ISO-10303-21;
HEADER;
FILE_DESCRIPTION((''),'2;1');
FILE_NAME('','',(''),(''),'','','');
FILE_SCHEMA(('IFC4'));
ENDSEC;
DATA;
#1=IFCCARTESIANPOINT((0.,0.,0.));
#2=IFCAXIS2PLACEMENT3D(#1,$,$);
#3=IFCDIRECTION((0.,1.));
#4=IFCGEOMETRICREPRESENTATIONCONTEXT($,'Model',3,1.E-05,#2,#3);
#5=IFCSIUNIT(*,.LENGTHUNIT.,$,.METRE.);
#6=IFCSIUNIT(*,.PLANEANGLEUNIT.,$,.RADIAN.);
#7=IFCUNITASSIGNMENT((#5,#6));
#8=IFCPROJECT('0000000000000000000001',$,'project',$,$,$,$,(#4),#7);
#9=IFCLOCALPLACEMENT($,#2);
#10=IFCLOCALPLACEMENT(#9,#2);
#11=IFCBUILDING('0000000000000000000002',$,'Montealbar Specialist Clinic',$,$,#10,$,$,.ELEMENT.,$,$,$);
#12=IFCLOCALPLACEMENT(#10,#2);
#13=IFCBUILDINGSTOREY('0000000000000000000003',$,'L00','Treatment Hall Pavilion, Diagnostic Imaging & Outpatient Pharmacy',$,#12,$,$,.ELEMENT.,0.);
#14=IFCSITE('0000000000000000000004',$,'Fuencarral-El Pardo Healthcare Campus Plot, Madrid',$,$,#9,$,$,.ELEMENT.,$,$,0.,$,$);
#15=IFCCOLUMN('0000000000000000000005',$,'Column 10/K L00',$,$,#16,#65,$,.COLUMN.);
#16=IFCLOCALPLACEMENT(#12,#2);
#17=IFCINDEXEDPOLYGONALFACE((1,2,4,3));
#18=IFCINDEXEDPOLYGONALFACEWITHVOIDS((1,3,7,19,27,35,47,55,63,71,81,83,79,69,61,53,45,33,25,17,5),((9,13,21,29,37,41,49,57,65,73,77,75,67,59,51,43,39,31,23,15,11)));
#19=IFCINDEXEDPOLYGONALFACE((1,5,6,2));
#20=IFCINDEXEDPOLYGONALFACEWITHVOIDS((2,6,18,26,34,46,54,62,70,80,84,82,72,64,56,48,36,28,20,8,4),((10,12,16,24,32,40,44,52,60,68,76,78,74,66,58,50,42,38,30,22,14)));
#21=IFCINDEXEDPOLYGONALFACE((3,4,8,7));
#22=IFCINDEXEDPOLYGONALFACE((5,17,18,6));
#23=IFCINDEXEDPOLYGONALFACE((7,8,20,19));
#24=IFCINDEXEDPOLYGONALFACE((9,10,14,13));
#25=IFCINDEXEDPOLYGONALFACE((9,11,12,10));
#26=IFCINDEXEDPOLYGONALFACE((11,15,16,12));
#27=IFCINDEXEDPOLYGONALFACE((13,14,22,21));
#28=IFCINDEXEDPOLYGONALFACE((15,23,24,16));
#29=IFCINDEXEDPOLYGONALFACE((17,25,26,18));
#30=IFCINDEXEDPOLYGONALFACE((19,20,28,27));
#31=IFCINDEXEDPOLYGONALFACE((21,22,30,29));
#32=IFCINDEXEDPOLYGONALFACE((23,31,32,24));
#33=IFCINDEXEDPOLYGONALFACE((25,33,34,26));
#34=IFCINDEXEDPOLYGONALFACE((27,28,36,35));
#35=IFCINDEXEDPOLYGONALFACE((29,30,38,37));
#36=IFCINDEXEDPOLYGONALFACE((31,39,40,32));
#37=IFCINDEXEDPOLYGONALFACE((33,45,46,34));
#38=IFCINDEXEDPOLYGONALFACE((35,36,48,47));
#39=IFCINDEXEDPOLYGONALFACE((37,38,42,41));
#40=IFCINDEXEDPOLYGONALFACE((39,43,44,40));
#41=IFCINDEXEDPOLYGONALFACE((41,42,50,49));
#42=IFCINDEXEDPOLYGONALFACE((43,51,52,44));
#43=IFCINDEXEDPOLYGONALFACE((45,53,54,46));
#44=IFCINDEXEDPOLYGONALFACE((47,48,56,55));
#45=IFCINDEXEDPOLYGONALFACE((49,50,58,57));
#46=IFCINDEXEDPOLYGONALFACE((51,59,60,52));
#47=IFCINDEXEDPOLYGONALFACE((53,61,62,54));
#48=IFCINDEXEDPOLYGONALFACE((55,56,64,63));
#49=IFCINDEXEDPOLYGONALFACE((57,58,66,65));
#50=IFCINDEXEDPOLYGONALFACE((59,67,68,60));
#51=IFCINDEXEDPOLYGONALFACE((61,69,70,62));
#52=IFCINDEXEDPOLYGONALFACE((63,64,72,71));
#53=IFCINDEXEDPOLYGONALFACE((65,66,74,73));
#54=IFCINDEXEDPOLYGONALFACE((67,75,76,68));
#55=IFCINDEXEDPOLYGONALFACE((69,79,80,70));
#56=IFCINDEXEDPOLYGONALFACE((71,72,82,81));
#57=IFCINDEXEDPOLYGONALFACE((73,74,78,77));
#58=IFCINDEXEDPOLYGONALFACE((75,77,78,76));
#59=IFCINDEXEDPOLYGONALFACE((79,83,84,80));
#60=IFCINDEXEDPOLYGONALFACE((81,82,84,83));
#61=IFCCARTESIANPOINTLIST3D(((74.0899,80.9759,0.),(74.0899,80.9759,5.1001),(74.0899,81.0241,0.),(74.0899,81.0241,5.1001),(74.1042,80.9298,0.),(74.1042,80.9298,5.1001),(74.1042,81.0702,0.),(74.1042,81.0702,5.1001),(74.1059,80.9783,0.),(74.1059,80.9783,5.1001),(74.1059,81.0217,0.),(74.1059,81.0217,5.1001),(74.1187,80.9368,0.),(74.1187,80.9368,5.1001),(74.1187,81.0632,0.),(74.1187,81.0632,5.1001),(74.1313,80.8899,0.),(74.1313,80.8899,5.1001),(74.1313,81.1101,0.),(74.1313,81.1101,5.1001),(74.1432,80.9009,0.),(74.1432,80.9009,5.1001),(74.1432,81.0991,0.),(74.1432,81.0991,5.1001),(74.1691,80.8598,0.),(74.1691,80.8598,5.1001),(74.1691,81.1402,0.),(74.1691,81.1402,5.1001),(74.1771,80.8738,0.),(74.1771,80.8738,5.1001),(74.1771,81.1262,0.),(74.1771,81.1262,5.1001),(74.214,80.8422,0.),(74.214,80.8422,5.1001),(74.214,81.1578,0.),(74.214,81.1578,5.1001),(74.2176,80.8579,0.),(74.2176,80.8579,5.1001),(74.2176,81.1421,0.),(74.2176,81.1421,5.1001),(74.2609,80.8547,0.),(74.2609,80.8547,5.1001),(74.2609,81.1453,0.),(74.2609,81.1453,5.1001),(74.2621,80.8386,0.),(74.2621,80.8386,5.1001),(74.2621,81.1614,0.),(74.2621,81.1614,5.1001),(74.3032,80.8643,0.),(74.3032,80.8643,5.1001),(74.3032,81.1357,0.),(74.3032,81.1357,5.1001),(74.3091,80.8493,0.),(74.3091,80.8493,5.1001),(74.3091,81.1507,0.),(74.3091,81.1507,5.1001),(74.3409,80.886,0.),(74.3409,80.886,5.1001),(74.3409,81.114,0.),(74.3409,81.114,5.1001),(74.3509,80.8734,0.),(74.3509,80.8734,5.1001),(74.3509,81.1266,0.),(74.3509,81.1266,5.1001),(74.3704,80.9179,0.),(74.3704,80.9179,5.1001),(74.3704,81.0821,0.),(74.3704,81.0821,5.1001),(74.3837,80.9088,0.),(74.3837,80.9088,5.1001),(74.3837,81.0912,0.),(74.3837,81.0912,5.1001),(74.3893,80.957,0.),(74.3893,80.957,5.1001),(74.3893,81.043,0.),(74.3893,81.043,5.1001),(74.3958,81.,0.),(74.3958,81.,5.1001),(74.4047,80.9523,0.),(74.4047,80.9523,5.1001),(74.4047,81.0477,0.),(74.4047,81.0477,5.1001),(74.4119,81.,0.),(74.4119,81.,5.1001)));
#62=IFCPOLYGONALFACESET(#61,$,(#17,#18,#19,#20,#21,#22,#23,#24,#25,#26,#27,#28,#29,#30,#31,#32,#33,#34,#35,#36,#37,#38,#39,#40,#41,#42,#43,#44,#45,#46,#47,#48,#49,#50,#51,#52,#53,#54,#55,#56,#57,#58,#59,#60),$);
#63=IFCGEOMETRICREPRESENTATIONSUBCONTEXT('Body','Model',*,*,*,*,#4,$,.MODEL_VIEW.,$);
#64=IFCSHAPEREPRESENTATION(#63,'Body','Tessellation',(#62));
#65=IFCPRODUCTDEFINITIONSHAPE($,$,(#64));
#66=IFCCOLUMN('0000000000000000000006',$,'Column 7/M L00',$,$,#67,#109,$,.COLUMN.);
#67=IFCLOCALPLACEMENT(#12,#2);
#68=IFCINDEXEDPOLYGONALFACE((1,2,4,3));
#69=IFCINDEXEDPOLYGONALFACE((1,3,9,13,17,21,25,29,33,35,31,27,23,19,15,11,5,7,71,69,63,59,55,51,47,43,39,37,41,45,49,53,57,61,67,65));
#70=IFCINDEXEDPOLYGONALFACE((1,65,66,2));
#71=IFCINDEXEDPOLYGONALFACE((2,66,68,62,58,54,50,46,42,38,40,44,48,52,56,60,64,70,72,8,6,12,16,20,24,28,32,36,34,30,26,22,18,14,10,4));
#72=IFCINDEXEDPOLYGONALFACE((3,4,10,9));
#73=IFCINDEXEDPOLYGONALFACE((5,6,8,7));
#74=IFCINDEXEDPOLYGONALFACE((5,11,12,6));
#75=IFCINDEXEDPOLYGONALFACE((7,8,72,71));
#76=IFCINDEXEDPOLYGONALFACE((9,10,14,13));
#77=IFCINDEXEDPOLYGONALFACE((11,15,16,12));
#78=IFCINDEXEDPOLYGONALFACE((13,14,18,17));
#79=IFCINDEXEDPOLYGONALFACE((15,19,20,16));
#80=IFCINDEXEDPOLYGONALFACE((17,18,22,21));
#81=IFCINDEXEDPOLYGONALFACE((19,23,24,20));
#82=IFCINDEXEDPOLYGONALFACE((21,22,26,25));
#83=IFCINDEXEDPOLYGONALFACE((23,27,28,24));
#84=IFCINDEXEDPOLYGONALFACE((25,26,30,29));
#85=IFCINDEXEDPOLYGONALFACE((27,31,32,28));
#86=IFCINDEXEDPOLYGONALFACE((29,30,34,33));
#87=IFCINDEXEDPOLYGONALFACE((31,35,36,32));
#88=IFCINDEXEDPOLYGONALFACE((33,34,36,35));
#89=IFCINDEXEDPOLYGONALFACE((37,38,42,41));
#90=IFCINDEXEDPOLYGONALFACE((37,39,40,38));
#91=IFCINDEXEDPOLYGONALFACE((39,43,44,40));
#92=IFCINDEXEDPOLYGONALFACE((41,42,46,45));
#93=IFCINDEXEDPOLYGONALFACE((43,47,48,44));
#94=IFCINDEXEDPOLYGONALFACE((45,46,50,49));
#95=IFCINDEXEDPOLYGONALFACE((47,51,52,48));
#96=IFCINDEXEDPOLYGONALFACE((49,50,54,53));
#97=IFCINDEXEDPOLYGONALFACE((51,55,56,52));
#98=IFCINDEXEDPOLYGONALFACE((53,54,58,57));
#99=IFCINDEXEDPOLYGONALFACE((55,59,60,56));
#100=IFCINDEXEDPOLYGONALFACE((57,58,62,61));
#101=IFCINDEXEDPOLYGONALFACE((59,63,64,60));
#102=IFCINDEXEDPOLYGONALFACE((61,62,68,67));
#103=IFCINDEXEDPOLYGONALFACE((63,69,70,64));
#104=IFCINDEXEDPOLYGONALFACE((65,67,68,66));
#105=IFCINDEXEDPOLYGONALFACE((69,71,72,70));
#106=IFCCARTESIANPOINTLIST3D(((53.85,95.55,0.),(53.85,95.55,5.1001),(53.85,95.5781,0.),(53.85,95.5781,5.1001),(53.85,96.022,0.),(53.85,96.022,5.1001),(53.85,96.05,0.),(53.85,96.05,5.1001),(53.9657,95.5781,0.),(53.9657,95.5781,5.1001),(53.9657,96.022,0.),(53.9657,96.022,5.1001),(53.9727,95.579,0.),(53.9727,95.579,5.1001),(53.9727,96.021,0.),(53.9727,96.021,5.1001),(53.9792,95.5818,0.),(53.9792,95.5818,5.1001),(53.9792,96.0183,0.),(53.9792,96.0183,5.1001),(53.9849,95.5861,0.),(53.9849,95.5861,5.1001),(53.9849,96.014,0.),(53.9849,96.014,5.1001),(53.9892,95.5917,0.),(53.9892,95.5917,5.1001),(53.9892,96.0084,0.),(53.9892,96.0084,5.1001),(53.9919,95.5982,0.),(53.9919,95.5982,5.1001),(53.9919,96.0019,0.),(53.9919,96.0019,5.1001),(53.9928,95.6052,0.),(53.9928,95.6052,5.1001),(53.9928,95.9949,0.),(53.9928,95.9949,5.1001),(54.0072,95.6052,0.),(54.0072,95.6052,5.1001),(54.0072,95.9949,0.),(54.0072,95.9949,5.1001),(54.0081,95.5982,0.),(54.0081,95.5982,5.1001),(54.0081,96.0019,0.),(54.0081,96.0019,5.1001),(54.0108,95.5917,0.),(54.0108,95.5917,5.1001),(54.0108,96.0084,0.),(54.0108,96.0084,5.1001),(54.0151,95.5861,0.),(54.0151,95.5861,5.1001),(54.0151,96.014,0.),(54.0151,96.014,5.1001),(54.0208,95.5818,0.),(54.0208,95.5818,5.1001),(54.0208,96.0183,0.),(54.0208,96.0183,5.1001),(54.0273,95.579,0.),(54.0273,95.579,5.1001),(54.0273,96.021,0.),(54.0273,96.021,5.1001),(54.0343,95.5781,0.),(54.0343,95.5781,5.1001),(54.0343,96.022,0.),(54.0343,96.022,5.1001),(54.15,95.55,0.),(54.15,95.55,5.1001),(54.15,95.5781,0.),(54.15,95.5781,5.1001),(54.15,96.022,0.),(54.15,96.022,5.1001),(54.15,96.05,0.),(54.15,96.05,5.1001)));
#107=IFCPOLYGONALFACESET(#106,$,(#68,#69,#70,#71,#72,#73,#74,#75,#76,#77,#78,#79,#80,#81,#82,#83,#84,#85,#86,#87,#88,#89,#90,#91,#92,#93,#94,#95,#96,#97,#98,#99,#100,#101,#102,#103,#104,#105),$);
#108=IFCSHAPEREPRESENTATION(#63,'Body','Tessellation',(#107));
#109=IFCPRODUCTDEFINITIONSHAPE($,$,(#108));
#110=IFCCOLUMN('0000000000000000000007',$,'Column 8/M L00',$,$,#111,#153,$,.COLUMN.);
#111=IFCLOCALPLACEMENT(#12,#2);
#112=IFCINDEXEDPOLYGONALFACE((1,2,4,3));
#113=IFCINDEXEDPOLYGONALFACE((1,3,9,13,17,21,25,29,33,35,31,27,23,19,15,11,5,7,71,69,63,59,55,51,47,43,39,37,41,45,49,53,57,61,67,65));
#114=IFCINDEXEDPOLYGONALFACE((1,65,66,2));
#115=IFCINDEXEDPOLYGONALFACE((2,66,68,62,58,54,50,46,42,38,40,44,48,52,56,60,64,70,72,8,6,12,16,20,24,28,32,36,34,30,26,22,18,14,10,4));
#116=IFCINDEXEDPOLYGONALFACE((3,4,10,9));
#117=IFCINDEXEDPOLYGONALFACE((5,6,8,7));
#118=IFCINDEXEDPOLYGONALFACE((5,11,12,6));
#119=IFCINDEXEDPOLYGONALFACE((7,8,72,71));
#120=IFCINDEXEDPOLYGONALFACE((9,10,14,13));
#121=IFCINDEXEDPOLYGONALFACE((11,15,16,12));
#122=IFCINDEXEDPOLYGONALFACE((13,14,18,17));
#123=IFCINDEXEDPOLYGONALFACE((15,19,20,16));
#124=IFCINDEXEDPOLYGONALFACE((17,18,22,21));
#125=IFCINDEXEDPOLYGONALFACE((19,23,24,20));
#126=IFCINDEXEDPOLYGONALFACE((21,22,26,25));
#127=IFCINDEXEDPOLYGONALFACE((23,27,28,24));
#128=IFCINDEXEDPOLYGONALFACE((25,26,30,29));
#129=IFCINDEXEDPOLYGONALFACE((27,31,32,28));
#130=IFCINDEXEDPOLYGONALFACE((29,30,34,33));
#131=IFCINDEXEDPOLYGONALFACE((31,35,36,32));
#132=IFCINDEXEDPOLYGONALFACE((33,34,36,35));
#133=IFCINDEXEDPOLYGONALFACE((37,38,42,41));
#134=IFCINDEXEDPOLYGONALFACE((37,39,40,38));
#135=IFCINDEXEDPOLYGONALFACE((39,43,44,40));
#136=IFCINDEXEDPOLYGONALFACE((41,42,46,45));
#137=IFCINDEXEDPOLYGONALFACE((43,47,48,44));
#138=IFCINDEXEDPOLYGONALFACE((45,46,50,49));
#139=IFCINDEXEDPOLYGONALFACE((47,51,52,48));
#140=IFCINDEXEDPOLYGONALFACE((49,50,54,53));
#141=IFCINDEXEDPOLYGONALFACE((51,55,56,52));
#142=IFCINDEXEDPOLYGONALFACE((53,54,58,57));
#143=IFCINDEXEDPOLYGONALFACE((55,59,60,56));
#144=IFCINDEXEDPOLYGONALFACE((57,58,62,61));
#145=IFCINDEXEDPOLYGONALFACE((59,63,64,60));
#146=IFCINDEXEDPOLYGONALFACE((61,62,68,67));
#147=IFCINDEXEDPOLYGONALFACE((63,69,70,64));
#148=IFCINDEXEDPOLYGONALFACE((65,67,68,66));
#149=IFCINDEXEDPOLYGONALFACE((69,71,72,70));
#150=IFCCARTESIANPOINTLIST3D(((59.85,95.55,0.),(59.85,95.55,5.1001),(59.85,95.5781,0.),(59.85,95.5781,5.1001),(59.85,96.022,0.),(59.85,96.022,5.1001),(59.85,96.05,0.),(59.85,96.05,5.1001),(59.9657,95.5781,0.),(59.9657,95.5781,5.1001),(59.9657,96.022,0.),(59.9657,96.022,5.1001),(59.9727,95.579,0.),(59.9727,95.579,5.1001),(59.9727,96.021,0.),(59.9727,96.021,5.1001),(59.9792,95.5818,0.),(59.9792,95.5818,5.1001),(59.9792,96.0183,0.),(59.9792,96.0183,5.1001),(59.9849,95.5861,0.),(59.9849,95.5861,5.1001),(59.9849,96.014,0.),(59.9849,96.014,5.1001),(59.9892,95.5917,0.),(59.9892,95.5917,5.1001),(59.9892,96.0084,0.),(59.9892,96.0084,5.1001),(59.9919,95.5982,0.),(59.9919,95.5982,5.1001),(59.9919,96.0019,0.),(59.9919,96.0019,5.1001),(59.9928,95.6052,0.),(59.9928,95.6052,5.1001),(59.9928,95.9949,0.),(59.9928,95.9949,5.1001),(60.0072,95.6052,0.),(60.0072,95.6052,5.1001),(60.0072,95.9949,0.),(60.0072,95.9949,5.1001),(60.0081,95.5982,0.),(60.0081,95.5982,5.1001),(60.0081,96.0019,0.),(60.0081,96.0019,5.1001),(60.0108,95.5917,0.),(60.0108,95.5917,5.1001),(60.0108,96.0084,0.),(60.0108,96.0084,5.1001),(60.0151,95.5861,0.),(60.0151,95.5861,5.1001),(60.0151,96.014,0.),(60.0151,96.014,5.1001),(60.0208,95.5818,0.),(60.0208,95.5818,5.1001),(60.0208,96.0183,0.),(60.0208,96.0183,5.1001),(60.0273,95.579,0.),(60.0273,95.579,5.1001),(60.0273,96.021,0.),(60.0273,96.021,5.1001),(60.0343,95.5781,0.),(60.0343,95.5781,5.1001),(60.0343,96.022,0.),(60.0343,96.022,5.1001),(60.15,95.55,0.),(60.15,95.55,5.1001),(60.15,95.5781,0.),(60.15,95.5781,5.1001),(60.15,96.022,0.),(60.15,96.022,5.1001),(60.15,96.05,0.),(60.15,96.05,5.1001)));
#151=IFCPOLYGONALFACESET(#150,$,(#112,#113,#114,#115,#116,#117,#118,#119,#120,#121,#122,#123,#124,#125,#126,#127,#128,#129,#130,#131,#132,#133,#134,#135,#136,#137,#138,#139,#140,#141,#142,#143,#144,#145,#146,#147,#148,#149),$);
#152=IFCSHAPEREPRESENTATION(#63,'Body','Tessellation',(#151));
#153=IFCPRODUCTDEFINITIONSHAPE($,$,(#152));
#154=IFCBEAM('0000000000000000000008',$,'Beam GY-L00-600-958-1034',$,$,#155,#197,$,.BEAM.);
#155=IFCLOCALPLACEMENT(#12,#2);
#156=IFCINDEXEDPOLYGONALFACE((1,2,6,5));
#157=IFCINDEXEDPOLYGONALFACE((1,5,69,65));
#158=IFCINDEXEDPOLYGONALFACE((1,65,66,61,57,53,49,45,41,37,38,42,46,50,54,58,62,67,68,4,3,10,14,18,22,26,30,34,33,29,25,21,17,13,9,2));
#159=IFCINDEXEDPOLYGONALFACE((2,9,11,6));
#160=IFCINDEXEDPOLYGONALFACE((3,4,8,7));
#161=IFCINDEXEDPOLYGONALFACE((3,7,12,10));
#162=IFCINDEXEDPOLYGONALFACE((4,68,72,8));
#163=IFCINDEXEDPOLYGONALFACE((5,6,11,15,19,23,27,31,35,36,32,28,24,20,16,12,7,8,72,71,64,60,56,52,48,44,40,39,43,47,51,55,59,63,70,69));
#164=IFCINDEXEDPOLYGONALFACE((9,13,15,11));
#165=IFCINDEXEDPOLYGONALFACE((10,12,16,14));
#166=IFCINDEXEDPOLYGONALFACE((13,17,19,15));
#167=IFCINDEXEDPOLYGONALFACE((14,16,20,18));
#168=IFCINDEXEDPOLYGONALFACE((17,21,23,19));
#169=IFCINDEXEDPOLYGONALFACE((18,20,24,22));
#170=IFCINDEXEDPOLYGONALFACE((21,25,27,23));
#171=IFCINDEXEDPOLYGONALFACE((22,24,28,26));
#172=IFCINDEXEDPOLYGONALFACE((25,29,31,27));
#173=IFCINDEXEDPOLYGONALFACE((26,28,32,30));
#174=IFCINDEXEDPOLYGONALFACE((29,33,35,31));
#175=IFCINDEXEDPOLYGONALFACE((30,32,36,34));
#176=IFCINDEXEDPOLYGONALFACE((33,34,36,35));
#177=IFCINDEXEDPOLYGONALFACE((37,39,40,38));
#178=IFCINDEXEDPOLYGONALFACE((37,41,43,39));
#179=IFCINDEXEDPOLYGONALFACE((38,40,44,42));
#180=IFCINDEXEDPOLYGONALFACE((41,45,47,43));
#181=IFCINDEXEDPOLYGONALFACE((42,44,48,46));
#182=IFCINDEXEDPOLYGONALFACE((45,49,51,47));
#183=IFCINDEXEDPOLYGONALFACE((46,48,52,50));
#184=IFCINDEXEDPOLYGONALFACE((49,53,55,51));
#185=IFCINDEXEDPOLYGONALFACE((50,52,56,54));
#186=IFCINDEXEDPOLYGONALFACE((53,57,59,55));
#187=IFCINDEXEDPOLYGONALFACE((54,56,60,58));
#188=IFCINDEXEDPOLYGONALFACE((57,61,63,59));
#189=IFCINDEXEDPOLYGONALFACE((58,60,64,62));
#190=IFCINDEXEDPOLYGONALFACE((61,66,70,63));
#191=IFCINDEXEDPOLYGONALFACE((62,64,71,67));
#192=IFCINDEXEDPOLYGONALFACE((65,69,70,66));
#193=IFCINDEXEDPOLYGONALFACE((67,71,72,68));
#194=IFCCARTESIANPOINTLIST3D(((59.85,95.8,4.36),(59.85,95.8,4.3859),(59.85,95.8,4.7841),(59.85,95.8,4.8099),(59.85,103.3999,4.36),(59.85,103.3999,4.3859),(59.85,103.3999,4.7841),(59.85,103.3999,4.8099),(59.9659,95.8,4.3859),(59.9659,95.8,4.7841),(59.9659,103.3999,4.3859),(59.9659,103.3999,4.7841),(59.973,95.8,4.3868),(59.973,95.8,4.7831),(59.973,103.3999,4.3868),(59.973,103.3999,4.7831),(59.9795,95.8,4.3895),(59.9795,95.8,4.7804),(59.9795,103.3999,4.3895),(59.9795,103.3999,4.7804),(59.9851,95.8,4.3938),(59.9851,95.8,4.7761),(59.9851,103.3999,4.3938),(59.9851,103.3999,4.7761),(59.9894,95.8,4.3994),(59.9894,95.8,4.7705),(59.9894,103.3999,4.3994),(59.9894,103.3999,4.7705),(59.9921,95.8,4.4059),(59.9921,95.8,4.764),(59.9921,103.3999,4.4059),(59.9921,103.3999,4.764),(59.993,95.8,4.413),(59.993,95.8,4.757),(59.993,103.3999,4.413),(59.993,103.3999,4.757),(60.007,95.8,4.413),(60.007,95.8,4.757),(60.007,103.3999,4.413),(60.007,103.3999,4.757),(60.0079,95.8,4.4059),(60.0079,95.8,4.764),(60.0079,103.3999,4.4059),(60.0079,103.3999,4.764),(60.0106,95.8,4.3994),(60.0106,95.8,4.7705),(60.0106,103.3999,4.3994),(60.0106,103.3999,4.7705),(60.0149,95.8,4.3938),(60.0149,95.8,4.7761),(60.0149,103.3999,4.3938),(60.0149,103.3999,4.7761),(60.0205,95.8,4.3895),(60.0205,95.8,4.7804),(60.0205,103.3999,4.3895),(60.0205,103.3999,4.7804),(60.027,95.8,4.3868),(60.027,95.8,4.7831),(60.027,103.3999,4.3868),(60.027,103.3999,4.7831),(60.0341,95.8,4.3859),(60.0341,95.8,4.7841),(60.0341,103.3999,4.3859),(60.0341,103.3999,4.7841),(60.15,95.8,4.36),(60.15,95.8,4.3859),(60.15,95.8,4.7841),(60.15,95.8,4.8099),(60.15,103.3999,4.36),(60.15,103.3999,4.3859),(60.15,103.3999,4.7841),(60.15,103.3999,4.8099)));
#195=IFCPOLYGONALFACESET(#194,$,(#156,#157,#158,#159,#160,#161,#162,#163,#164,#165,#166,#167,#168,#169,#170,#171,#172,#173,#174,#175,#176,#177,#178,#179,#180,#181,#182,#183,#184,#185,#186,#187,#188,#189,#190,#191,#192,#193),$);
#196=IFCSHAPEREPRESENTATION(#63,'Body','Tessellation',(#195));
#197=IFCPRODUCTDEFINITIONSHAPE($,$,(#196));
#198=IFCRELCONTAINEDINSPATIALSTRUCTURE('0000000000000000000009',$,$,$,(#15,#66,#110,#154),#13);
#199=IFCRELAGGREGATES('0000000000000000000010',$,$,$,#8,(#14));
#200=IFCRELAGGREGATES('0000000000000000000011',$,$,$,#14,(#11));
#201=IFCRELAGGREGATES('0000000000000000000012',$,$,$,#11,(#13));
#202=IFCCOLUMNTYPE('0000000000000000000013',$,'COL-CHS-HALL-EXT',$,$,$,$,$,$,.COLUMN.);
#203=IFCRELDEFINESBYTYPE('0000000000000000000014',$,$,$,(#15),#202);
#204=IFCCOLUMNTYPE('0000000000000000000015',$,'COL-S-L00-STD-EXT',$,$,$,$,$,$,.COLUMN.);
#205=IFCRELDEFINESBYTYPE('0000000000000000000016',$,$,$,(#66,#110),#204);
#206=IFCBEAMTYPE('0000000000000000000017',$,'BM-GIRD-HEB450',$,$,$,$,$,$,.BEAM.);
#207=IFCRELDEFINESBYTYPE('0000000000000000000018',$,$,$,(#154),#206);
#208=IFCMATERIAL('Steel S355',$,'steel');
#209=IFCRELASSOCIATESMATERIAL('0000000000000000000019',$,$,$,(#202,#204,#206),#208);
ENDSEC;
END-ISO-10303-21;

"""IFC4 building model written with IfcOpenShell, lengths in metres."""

from ifc_helpers import new_model, si_unit, direction, frame, origin, origin_2d, place, context, subcontext, project, spatial, hollow_circle, i_section, extrude, material, material_profile, profile_set, type_object, element, save


model = new_model("IFC4")

# Units and contexts
model_context = context("Model", 3, precision=1e-05, world=origin(), true_north=direction((0.0, 1.0)))
body_context = subcontext(model_context, "Body", "Model", "MODEL_VIEW")
ifc_project = project(units=[si_unit("LENGTHUNIT", "METRE"), si_unit("PLANEANGLEUNIT", "RADIAN")], contexts=[model_context])

# Site, building, storey
site_placement = place(None, origin())
site = spatial("IfcSite", under=ifc_project, at=site_placement, Name="Fuencarral-El Pardo Healthcare Campus Plot, Madrid", CompositionType="ELEMENT", RefElevation=0.0)
building_placement = place(site_placement, origin())
building = spatial("IfcBuilding", under=site, at=building_placement, Name="Montealbar Specialist Clinic", CompositionType="ELEMENT")
storey_placement = place(building_placement, origin())
storey = spatial("IfcBuildingStorey", under=building, at=storey_placement, Name="L00", Description="Treatment Hall Pavilion, Diagnostic Imaging & Outpatient Pharmacy", CompositionType="ELEMENT", Elevation=0.0)

# Columns
ifc_material_1 = material(Name="Steel S355", Category="steel")
ifc_material_profile_1 = material_profile(ifc_material_1, hollow_circle(Radius=0.1619, WallThickness=0.0161, at=origin_2d()), Name="CHS 323.9x16.0", Category="steel")
ifc_profile_set_1 = profile_set([ifc_material_profile_1], Name="Steel S355")
column_type_1 = type_object("IfcColumnType", Name="COL-CHS-HALL-EXT", PredefinedType="COLUMN", material=ifc_profile_set_1)
column_placement = place(storey_placement, frame((74.25, 81.0, 0.0), z_axis=(0.0, 0.0, 1.0), x_axis=(1.0, 0.0, 0.0)))
element("IfcColumn", 1, at=column_placement, inside=storey, type_object=column_type_1, Name="Column 10/K L00", PredefinedType="COLUMN", context=body_context, shape_type="SweptSolid", body=[
    extrude(hollow_circle(Radius=0.1619, WallThickness=0.0161, at=origin_2d()), origin(), (0.0, 0.0, 1.0), 5.1001),
])
ifc_material_profile_2 = material_profile(ifc_material_1, i_section(OverallWidth=0.3, OverallDepth=0.5, WebThickness=0.0144, FlangeThickness=0.0281, FilletRadius=0.0271, at=origin_2d()), Name="HEB 500", Category="steel")
ifc_profile_set_2 = profile_set([ifc_material_profile_2], Name="Steel S355")
column_type_2 = type_object("IfcColumnType", Name="COL-S-L00-STD-EXT", PredefinedType="COLUMN", material=ifc_profile_set_2)
for number, where, z_axis, x_axis, name in (
    (2, (54.0, 95.8, 0.0), (0.0, 0.0, 1.0), (1.0, 0.0, 0.0), "Column 7/M L00"),
    (3, (60.0, 95.8, 0.0), (0.0, 0.0, 1.0), (1.0, 0.0, 0.0), "Column 8/M L00"),
):
    element("IfcColumn", number, at=place(storey_placement, frame(where, z_axis=z_axis, x_axis=x_axis)), inside=storey, type_object=column_type_2, Name=name, PredefinedType="COLUMN", context=body_context, shape_type="SweptSolid", body=[
        extrude(i_section(OverallWidth=0.3, OverallDepth=0.5, WebThickness=0.0144, FlangeThickness=0.0281, FilletRadius=0.0271, at=origin_2d()), origin(), (0.0, 0.0, 1.0), 5.1001),
    ])

# Beam
ifc_material_profile_3 = material_profile(ifc_material_1, i_section(OverallWidth=0.3, OverallDepth=0.45, WebThickness=0.0139, FlangeThickness=0.0259, FilletRadius=0.0271, at=origin_2d()), Name="HEB 450", Category="steel")
ifc_profile_set_3 = profile_set([ifc_material_profile_3], Name="Steel S355")
beam_type_1 = type_object("IfcBeamType", Name="BM-GIRD-HEB450", PredefinedType="BEAM", material=ifc_profile_set_3)
beam_1_placement = place(storey_placement, frame((60.0, 95.8, 4.585), z_axis=(0.0, 1.0, 0.0), x_axis=(-1.0, 0.0, 0.0)))
element("IfcBeam", 4, at=beam_1_placement, inside=storey, type_object=beam_type_1, Name="Beam GY-L00-600-958-1034", PredefinedType="BEAM", context=body_context, shape_type="SweptSolid", body=[
    extrude(i_section(OverallWidth=0.3, OverallDepth=0.45, WebThickness=0.0139, FlangeThickness=0.0259, FilletRadius=0.0271, at=origin_2d()), origin(), (0.0, 0.0, 1.0), 7.5999),
])

save(model, "model.ifc")
